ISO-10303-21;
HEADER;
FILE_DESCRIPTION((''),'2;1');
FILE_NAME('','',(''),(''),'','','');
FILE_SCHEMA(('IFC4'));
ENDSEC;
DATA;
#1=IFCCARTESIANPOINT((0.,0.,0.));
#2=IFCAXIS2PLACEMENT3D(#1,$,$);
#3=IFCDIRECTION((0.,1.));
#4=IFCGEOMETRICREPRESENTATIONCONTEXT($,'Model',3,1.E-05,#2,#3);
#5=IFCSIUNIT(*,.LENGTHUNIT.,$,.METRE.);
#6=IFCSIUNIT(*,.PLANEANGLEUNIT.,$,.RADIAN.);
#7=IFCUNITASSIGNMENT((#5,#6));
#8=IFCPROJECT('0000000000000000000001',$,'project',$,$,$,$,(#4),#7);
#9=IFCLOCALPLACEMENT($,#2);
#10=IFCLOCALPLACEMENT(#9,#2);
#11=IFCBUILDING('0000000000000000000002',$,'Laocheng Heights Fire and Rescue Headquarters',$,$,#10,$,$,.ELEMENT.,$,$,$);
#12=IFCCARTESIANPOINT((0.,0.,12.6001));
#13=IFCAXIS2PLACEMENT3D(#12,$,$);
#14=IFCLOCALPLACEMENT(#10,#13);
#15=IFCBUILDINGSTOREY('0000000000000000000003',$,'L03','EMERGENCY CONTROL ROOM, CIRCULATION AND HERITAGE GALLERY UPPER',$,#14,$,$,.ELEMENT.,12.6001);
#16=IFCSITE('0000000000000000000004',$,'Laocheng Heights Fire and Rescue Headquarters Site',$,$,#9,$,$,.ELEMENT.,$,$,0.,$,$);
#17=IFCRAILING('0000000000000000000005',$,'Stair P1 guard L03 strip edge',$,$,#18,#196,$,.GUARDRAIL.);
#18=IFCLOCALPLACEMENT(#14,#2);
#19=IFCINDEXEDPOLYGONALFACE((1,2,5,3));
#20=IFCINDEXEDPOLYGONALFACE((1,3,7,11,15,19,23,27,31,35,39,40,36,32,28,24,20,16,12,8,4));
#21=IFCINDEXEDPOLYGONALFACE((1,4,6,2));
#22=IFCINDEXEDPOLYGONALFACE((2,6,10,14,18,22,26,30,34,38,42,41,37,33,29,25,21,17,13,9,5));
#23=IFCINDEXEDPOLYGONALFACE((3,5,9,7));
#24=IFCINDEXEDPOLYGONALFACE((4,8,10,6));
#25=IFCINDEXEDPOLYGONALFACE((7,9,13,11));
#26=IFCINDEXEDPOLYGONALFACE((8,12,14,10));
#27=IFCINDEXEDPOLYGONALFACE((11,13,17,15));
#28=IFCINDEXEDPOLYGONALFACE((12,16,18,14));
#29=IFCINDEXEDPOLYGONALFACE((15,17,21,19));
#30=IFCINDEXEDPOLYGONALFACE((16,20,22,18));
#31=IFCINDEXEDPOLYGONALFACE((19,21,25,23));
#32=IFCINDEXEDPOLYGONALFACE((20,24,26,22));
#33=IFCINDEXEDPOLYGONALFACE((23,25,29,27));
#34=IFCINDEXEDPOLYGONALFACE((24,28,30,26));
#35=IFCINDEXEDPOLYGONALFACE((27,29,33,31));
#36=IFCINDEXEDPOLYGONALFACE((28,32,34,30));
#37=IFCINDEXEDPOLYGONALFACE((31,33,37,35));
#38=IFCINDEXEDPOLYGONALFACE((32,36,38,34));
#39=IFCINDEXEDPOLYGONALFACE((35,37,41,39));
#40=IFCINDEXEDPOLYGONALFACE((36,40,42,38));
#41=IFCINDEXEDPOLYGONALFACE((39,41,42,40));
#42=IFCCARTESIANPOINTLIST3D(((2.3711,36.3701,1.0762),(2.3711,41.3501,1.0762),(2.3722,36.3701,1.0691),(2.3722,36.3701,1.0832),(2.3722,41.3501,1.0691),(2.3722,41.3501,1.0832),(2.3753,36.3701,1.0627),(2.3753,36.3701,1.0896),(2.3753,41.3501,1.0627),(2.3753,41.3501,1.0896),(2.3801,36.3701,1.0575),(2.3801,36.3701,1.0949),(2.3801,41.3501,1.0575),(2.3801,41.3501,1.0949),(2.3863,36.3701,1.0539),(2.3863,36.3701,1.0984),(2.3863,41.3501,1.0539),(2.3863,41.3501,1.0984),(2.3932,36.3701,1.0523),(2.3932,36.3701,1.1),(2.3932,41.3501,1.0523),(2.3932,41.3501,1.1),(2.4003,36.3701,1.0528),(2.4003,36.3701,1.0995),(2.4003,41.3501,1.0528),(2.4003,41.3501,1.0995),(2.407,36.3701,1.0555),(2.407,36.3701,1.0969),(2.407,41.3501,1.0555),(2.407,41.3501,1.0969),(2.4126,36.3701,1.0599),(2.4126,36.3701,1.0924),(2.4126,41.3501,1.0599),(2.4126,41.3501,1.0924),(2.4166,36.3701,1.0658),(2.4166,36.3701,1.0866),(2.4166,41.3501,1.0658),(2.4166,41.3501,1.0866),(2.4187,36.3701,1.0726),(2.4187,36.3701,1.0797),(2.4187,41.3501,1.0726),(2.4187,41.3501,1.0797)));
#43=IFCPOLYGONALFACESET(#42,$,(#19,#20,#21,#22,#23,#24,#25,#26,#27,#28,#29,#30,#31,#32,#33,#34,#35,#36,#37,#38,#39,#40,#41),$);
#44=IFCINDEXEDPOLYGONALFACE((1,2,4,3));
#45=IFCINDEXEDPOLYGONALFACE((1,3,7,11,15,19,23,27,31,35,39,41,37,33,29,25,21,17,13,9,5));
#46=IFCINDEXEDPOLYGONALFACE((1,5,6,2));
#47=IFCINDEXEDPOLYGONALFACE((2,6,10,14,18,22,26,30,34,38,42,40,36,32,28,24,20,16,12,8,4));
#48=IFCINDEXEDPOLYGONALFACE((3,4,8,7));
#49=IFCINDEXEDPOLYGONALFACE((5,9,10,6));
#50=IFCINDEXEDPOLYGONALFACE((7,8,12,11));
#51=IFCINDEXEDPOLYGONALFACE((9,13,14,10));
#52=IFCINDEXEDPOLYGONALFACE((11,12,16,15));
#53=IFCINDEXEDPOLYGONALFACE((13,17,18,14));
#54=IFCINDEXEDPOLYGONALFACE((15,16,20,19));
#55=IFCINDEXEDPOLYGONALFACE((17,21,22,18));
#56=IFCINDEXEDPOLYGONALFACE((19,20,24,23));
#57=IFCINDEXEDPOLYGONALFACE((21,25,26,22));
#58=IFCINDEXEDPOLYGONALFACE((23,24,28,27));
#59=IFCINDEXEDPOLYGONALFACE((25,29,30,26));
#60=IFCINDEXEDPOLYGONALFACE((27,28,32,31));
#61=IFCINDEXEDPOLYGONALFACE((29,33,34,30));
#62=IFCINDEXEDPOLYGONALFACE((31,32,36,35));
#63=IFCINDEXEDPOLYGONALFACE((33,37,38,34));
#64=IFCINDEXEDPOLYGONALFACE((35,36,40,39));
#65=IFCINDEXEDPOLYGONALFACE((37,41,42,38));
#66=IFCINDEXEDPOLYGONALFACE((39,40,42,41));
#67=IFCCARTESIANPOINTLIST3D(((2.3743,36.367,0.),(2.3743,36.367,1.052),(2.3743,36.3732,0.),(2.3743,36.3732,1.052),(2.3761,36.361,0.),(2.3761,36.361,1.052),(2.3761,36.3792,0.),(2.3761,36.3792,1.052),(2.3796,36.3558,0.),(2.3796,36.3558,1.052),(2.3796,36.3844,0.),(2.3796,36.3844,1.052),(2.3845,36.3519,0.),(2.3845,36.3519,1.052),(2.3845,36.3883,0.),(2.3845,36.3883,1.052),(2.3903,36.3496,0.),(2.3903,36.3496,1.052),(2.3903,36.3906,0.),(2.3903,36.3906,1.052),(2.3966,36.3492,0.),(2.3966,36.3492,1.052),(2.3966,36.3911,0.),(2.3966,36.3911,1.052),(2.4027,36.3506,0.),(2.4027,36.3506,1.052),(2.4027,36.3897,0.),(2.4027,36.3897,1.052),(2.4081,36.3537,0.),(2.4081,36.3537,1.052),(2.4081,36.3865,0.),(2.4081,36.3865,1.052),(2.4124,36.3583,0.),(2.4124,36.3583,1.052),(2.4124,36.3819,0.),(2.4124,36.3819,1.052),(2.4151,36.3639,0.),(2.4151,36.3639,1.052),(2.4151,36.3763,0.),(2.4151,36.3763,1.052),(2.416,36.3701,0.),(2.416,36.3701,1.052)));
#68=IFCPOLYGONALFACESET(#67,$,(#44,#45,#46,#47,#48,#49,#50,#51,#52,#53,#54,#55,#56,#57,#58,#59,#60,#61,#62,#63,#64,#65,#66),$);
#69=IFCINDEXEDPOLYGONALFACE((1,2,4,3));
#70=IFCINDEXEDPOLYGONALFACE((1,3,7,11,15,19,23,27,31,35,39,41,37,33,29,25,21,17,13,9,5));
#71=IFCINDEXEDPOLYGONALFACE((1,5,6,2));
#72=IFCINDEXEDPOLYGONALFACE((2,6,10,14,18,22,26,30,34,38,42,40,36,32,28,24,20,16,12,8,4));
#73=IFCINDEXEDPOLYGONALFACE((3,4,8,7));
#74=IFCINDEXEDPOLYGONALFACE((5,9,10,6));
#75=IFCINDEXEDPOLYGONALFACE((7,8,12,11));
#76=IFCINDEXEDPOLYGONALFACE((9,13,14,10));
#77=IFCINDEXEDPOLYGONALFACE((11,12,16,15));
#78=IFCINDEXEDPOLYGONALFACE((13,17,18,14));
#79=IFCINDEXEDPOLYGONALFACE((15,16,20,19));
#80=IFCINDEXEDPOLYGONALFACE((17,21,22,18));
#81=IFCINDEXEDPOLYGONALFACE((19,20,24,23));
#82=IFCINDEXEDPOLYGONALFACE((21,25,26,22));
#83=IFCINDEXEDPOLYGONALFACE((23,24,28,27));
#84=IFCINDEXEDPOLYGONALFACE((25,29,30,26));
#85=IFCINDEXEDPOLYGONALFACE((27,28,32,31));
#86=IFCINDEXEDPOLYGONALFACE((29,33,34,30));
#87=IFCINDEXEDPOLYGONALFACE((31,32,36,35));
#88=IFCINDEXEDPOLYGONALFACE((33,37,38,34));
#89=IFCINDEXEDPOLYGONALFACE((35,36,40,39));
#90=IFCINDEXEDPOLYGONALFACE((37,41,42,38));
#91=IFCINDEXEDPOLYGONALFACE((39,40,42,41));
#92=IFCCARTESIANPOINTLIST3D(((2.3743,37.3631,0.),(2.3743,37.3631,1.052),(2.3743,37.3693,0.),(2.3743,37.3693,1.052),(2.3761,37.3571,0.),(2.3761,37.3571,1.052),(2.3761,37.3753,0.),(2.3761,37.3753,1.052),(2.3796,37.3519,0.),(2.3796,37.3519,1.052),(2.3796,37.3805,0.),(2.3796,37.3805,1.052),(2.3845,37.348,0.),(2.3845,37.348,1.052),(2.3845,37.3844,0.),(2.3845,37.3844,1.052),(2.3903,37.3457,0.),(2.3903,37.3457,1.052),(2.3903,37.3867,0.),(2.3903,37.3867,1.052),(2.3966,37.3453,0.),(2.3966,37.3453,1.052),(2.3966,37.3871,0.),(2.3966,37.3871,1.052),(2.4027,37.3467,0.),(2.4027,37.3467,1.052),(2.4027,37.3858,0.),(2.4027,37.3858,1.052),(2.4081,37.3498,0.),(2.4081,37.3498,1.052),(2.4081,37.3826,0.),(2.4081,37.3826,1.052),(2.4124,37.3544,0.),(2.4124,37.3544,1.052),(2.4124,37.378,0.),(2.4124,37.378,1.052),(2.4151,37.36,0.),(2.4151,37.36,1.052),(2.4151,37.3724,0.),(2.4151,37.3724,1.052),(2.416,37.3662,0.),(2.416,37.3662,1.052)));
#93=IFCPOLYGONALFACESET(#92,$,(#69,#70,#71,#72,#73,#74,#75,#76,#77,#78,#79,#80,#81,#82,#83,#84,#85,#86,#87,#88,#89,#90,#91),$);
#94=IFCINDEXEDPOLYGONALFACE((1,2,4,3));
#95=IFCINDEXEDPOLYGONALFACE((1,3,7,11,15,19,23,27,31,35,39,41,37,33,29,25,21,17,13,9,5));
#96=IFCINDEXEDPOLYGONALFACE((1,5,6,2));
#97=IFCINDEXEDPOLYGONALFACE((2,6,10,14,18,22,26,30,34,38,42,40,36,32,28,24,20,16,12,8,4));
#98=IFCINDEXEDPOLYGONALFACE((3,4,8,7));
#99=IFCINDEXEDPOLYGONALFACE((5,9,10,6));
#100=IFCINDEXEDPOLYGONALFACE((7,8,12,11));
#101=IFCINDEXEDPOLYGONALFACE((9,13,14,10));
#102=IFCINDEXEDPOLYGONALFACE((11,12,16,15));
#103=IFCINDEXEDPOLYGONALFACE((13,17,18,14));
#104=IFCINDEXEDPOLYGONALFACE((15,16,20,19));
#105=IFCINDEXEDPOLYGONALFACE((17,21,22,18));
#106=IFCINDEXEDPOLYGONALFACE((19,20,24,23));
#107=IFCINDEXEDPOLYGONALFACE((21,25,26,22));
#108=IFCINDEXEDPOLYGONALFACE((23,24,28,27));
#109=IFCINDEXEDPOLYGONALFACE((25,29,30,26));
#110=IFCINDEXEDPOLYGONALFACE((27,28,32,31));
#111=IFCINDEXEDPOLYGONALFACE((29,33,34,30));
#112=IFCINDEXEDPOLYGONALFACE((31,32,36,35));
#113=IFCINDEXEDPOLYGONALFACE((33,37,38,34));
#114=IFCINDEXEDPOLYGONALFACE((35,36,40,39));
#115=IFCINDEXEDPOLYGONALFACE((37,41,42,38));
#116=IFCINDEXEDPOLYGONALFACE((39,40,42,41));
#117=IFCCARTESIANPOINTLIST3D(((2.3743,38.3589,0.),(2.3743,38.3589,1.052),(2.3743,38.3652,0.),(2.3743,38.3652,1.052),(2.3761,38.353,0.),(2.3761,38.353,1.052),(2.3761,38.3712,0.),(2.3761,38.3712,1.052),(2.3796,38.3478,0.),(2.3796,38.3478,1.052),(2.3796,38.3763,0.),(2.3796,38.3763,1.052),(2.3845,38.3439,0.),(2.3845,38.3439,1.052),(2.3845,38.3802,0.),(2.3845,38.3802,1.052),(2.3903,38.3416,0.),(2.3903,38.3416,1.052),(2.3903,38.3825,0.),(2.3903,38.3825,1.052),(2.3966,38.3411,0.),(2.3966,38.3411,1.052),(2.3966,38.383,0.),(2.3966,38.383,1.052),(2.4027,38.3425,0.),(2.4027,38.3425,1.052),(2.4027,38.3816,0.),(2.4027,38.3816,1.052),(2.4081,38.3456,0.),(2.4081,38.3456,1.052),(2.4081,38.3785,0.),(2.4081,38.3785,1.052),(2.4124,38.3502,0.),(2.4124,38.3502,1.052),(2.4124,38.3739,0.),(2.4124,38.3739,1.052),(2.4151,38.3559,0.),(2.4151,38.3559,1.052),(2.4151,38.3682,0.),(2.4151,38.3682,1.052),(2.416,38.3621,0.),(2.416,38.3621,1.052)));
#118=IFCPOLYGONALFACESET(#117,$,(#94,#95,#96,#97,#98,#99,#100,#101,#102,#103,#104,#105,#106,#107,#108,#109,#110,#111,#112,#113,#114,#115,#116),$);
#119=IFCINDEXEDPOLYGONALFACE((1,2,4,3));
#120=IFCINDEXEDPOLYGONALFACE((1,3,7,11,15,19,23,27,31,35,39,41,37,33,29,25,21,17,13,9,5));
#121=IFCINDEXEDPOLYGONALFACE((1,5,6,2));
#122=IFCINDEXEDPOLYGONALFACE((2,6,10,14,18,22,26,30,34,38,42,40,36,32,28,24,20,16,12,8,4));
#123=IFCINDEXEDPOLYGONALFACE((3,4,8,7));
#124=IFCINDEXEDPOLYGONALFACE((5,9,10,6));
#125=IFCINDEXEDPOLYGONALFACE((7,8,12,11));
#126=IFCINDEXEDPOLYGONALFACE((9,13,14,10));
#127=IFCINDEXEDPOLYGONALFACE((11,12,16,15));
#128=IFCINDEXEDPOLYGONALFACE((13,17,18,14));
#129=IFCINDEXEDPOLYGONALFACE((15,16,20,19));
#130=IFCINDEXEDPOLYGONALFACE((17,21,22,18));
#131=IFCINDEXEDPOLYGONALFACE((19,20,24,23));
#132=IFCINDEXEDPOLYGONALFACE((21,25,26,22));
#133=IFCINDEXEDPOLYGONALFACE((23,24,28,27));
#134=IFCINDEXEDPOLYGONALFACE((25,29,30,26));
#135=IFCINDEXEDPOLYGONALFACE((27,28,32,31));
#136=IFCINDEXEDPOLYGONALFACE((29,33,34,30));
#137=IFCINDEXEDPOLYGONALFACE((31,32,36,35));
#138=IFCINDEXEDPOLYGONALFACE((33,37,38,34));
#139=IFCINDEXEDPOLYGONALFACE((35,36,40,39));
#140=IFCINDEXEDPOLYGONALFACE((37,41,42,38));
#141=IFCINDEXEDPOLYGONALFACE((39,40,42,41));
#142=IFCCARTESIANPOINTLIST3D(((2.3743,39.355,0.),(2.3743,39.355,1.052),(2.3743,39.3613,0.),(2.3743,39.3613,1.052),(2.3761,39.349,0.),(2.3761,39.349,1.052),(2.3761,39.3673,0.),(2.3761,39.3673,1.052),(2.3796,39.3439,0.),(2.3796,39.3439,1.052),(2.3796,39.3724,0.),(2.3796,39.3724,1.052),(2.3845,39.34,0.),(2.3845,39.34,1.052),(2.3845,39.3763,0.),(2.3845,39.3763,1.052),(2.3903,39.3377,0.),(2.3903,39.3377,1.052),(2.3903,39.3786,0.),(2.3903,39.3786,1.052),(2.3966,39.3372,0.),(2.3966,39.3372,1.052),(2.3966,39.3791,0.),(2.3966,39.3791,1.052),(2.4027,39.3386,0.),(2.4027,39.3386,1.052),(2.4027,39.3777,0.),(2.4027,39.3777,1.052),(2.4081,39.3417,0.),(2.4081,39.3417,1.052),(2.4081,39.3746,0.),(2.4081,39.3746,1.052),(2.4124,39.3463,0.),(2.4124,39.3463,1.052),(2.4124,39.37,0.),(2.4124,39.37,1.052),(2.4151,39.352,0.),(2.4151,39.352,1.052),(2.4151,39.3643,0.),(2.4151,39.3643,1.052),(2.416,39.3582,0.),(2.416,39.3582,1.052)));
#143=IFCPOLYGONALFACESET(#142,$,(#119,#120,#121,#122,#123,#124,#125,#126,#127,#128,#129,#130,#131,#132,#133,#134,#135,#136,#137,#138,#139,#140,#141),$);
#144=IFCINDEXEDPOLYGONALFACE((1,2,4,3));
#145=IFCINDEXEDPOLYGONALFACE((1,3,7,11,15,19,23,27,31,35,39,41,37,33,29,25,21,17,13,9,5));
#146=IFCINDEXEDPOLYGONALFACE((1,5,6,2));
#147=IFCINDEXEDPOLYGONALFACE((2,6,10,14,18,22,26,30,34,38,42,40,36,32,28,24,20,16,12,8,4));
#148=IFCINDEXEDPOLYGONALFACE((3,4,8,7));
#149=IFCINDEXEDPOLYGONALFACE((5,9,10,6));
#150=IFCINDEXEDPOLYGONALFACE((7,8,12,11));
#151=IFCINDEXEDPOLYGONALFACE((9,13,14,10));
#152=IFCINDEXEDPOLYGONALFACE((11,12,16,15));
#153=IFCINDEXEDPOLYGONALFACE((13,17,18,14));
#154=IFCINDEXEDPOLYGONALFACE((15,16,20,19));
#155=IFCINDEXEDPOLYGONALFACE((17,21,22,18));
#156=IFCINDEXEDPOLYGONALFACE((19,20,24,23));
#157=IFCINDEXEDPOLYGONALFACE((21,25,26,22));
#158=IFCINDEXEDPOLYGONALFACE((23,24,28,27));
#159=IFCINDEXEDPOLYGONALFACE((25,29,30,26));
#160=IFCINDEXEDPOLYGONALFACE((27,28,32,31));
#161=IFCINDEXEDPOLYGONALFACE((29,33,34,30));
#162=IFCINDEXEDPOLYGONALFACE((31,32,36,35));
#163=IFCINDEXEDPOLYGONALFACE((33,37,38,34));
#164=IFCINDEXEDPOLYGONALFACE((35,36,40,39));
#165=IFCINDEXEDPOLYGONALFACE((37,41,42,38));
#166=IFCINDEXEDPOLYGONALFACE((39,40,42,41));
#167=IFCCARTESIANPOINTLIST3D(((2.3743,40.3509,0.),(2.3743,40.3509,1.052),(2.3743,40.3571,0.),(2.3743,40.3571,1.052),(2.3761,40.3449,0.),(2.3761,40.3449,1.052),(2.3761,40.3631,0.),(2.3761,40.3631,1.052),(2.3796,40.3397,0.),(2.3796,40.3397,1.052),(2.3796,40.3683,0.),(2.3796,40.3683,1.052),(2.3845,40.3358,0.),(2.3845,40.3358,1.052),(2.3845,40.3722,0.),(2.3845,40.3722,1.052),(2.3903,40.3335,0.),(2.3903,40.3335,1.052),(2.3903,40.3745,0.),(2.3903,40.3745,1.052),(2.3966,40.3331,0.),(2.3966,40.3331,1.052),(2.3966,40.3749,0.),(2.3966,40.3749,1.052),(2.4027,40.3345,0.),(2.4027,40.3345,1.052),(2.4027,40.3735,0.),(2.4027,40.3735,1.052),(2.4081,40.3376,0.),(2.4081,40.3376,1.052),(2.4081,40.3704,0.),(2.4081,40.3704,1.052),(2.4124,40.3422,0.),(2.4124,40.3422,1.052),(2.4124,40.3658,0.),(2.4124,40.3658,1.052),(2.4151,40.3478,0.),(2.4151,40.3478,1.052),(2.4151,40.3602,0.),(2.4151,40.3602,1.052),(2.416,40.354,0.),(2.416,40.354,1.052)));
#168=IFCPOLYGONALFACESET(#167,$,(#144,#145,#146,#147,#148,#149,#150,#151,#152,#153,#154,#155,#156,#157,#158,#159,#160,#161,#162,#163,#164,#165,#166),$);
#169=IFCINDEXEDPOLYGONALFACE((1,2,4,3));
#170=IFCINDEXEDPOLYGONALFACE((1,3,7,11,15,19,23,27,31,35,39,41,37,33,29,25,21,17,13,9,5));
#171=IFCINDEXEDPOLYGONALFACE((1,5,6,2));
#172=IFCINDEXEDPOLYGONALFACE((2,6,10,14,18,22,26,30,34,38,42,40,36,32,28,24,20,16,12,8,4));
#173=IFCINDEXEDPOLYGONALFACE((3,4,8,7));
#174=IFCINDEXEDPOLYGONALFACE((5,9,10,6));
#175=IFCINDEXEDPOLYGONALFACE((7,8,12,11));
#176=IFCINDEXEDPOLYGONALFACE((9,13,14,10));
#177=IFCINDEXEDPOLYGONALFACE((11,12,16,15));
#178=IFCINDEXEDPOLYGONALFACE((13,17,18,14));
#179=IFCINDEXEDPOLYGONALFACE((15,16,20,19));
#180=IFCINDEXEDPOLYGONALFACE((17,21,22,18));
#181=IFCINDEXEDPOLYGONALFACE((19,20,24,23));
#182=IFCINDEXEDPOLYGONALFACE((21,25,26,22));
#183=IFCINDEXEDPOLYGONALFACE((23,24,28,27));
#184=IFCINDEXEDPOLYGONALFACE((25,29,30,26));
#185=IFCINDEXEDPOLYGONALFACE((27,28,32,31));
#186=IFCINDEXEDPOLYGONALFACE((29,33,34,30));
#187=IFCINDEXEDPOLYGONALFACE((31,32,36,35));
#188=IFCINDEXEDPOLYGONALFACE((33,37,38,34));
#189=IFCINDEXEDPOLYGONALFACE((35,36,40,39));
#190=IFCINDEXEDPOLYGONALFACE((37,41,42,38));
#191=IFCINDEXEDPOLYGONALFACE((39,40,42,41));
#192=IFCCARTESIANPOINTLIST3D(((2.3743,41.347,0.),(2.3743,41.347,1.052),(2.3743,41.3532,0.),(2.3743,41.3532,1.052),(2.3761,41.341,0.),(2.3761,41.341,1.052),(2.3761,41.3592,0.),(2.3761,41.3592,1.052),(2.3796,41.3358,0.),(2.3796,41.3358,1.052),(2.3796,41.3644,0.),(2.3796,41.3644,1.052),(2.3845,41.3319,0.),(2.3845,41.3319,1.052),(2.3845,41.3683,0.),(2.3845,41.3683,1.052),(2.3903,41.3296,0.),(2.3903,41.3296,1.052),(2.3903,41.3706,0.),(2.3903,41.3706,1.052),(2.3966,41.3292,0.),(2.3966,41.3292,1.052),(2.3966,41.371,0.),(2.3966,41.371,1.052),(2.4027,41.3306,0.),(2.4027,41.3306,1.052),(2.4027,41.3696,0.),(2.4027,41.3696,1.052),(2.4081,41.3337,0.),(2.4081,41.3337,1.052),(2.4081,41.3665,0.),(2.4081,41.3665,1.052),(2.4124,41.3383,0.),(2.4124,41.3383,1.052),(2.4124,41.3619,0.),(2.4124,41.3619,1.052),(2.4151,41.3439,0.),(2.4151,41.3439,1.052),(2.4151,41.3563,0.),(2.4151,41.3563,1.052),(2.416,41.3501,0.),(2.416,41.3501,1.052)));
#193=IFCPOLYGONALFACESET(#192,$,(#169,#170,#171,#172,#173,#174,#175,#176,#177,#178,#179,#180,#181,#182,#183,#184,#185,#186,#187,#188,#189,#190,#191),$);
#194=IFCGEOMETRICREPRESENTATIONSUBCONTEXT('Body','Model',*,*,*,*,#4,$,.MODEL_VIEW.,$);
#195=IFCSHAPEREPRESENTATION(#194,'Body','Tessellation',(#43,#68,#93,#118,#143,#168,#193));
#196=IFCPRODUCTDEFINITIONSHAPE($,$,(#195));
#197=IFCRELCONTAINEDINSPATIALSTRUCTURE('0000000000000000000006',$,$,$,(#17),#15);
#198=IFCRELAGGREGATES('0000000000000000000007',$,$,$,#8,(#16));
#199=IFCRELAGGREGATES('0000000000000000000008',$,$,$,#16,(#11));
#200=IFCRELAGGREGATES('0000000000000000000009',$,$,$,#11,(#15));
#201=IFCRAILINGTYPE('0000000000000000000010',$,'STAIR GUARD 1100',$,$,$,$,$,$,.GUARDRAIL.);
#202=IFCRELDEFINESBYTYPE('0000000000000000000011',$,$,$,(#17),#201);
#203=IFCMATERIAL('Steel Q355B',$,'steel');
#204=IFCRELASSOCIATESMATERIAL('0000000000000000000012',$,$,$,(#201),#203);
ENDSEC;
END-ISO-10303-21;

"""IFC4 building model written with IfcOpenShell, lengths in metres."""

from ifc_helpers import new_model, si_unit, direction, frame, origin, origin_2d, place, context, subcontext, project, spatial, circle, extrude, material, type_object, element, save


model = new_model("IFC4")

# Units and contexts
model_context = context("Model", 3, precision=1e-05, world=origin(), true_north=direction((0.0, 1.0)))
body_context = subcontext(model_context, "Body", "Model", "MODEL_VIEW")
ifc_project = project(units=[si_unit("LENGTHUNIT", "METRE"), si_unit("PLANEANGLEUNIT", "RADIAN")], contexts=[model_context])

# Site, building, storey
site_placement = place(None, origin())
site = spatial("IfcSite", under=ifc_project, at=site_placement, Name="Laocheng Heights Fire and Rescue Headquarters Site", CompositionType="ELEMENT", RefElevation=0.0)
building_placement = place(site_placement, origin())
building = spatial("IfcBuilding", under=site, at=building_placement, Name="Laocheng Heights Fire and Rescue Headquarters", CompositionType="ELEMENT")
storey_placement = place(building_placement, frame((0.0, 0.0, 12.6001)))
storey = spatial("IfcBuildingStorey", under=building, at=storey_placement, Name="L03", Description="EMERGENCY CONTROL ROOM, CIRCULATION AND HERITAGE GALLERY UPPER", CompositionType="ELEMENT", Elevation=12.6001)

# Railing
ifc_material_1 = material(Name="Steel Q355B", Category="steel")
railing_type_1 = type_object("IfcRailingType", Name="STAIR GUARD 1100", PredefinedType="GUARDRAIL", material=ifc_material_1)
railing_1_placement = place(storey_placement, frame((2.395, 36.3701, 0.0)))
element("IfcRailing", 1, at=railing_1_placement, inside=storey, type_object=railing_type_1, Name="Stair P1 guard L03 strip edge", PredefinedType="GUARDRAIL", context=body_context, shape_type="SweptSolid", body=[
    extrude(circle(Radius=0.0239, at=origin_2d()), frame((0.0, 0.0, 1.0762), z_axis=(0.0, 1.0, 0.0), x_axis=(-1.0, 0.0, 0.0)), (0.0, 0.0, 1.0), 4.98),
    extrude(circle(Radius=0.021, at=origin_2d()), origin(), (0.0, 0.0, 1.0), 1.052),
    extrude(circle(Radius=0.021, at=origin_2d()), frame((0.0, 0.9961, 0.0)), (0.0, 0.0, 1.0), 1.052),
    extrude(circle(Radius=0.021, at=origin_2d()), frame((0.0, 1.9919, 0.0)), (0.0, 0.0, 1.0), 1.052),
    extrude(circle(Radius=0.021, at=origin_2d()), frame((0.0, 2.988, 0.0)), (0.0, 0.0, 1.0), 1.052),
    extrude(circle(Radius=0.021, at=origin_2d()), frame((0.0, 3.9839, 0.0)), (0.0, 0.0, 1.0), 1.052),
    extrude(circle(Radius=0.021, at=origin_2d()), frame((0.0, 4.98, 0.0)), (0.0, 0.0, 1.0), 1.052),
])

save(model, "model.ifc")
